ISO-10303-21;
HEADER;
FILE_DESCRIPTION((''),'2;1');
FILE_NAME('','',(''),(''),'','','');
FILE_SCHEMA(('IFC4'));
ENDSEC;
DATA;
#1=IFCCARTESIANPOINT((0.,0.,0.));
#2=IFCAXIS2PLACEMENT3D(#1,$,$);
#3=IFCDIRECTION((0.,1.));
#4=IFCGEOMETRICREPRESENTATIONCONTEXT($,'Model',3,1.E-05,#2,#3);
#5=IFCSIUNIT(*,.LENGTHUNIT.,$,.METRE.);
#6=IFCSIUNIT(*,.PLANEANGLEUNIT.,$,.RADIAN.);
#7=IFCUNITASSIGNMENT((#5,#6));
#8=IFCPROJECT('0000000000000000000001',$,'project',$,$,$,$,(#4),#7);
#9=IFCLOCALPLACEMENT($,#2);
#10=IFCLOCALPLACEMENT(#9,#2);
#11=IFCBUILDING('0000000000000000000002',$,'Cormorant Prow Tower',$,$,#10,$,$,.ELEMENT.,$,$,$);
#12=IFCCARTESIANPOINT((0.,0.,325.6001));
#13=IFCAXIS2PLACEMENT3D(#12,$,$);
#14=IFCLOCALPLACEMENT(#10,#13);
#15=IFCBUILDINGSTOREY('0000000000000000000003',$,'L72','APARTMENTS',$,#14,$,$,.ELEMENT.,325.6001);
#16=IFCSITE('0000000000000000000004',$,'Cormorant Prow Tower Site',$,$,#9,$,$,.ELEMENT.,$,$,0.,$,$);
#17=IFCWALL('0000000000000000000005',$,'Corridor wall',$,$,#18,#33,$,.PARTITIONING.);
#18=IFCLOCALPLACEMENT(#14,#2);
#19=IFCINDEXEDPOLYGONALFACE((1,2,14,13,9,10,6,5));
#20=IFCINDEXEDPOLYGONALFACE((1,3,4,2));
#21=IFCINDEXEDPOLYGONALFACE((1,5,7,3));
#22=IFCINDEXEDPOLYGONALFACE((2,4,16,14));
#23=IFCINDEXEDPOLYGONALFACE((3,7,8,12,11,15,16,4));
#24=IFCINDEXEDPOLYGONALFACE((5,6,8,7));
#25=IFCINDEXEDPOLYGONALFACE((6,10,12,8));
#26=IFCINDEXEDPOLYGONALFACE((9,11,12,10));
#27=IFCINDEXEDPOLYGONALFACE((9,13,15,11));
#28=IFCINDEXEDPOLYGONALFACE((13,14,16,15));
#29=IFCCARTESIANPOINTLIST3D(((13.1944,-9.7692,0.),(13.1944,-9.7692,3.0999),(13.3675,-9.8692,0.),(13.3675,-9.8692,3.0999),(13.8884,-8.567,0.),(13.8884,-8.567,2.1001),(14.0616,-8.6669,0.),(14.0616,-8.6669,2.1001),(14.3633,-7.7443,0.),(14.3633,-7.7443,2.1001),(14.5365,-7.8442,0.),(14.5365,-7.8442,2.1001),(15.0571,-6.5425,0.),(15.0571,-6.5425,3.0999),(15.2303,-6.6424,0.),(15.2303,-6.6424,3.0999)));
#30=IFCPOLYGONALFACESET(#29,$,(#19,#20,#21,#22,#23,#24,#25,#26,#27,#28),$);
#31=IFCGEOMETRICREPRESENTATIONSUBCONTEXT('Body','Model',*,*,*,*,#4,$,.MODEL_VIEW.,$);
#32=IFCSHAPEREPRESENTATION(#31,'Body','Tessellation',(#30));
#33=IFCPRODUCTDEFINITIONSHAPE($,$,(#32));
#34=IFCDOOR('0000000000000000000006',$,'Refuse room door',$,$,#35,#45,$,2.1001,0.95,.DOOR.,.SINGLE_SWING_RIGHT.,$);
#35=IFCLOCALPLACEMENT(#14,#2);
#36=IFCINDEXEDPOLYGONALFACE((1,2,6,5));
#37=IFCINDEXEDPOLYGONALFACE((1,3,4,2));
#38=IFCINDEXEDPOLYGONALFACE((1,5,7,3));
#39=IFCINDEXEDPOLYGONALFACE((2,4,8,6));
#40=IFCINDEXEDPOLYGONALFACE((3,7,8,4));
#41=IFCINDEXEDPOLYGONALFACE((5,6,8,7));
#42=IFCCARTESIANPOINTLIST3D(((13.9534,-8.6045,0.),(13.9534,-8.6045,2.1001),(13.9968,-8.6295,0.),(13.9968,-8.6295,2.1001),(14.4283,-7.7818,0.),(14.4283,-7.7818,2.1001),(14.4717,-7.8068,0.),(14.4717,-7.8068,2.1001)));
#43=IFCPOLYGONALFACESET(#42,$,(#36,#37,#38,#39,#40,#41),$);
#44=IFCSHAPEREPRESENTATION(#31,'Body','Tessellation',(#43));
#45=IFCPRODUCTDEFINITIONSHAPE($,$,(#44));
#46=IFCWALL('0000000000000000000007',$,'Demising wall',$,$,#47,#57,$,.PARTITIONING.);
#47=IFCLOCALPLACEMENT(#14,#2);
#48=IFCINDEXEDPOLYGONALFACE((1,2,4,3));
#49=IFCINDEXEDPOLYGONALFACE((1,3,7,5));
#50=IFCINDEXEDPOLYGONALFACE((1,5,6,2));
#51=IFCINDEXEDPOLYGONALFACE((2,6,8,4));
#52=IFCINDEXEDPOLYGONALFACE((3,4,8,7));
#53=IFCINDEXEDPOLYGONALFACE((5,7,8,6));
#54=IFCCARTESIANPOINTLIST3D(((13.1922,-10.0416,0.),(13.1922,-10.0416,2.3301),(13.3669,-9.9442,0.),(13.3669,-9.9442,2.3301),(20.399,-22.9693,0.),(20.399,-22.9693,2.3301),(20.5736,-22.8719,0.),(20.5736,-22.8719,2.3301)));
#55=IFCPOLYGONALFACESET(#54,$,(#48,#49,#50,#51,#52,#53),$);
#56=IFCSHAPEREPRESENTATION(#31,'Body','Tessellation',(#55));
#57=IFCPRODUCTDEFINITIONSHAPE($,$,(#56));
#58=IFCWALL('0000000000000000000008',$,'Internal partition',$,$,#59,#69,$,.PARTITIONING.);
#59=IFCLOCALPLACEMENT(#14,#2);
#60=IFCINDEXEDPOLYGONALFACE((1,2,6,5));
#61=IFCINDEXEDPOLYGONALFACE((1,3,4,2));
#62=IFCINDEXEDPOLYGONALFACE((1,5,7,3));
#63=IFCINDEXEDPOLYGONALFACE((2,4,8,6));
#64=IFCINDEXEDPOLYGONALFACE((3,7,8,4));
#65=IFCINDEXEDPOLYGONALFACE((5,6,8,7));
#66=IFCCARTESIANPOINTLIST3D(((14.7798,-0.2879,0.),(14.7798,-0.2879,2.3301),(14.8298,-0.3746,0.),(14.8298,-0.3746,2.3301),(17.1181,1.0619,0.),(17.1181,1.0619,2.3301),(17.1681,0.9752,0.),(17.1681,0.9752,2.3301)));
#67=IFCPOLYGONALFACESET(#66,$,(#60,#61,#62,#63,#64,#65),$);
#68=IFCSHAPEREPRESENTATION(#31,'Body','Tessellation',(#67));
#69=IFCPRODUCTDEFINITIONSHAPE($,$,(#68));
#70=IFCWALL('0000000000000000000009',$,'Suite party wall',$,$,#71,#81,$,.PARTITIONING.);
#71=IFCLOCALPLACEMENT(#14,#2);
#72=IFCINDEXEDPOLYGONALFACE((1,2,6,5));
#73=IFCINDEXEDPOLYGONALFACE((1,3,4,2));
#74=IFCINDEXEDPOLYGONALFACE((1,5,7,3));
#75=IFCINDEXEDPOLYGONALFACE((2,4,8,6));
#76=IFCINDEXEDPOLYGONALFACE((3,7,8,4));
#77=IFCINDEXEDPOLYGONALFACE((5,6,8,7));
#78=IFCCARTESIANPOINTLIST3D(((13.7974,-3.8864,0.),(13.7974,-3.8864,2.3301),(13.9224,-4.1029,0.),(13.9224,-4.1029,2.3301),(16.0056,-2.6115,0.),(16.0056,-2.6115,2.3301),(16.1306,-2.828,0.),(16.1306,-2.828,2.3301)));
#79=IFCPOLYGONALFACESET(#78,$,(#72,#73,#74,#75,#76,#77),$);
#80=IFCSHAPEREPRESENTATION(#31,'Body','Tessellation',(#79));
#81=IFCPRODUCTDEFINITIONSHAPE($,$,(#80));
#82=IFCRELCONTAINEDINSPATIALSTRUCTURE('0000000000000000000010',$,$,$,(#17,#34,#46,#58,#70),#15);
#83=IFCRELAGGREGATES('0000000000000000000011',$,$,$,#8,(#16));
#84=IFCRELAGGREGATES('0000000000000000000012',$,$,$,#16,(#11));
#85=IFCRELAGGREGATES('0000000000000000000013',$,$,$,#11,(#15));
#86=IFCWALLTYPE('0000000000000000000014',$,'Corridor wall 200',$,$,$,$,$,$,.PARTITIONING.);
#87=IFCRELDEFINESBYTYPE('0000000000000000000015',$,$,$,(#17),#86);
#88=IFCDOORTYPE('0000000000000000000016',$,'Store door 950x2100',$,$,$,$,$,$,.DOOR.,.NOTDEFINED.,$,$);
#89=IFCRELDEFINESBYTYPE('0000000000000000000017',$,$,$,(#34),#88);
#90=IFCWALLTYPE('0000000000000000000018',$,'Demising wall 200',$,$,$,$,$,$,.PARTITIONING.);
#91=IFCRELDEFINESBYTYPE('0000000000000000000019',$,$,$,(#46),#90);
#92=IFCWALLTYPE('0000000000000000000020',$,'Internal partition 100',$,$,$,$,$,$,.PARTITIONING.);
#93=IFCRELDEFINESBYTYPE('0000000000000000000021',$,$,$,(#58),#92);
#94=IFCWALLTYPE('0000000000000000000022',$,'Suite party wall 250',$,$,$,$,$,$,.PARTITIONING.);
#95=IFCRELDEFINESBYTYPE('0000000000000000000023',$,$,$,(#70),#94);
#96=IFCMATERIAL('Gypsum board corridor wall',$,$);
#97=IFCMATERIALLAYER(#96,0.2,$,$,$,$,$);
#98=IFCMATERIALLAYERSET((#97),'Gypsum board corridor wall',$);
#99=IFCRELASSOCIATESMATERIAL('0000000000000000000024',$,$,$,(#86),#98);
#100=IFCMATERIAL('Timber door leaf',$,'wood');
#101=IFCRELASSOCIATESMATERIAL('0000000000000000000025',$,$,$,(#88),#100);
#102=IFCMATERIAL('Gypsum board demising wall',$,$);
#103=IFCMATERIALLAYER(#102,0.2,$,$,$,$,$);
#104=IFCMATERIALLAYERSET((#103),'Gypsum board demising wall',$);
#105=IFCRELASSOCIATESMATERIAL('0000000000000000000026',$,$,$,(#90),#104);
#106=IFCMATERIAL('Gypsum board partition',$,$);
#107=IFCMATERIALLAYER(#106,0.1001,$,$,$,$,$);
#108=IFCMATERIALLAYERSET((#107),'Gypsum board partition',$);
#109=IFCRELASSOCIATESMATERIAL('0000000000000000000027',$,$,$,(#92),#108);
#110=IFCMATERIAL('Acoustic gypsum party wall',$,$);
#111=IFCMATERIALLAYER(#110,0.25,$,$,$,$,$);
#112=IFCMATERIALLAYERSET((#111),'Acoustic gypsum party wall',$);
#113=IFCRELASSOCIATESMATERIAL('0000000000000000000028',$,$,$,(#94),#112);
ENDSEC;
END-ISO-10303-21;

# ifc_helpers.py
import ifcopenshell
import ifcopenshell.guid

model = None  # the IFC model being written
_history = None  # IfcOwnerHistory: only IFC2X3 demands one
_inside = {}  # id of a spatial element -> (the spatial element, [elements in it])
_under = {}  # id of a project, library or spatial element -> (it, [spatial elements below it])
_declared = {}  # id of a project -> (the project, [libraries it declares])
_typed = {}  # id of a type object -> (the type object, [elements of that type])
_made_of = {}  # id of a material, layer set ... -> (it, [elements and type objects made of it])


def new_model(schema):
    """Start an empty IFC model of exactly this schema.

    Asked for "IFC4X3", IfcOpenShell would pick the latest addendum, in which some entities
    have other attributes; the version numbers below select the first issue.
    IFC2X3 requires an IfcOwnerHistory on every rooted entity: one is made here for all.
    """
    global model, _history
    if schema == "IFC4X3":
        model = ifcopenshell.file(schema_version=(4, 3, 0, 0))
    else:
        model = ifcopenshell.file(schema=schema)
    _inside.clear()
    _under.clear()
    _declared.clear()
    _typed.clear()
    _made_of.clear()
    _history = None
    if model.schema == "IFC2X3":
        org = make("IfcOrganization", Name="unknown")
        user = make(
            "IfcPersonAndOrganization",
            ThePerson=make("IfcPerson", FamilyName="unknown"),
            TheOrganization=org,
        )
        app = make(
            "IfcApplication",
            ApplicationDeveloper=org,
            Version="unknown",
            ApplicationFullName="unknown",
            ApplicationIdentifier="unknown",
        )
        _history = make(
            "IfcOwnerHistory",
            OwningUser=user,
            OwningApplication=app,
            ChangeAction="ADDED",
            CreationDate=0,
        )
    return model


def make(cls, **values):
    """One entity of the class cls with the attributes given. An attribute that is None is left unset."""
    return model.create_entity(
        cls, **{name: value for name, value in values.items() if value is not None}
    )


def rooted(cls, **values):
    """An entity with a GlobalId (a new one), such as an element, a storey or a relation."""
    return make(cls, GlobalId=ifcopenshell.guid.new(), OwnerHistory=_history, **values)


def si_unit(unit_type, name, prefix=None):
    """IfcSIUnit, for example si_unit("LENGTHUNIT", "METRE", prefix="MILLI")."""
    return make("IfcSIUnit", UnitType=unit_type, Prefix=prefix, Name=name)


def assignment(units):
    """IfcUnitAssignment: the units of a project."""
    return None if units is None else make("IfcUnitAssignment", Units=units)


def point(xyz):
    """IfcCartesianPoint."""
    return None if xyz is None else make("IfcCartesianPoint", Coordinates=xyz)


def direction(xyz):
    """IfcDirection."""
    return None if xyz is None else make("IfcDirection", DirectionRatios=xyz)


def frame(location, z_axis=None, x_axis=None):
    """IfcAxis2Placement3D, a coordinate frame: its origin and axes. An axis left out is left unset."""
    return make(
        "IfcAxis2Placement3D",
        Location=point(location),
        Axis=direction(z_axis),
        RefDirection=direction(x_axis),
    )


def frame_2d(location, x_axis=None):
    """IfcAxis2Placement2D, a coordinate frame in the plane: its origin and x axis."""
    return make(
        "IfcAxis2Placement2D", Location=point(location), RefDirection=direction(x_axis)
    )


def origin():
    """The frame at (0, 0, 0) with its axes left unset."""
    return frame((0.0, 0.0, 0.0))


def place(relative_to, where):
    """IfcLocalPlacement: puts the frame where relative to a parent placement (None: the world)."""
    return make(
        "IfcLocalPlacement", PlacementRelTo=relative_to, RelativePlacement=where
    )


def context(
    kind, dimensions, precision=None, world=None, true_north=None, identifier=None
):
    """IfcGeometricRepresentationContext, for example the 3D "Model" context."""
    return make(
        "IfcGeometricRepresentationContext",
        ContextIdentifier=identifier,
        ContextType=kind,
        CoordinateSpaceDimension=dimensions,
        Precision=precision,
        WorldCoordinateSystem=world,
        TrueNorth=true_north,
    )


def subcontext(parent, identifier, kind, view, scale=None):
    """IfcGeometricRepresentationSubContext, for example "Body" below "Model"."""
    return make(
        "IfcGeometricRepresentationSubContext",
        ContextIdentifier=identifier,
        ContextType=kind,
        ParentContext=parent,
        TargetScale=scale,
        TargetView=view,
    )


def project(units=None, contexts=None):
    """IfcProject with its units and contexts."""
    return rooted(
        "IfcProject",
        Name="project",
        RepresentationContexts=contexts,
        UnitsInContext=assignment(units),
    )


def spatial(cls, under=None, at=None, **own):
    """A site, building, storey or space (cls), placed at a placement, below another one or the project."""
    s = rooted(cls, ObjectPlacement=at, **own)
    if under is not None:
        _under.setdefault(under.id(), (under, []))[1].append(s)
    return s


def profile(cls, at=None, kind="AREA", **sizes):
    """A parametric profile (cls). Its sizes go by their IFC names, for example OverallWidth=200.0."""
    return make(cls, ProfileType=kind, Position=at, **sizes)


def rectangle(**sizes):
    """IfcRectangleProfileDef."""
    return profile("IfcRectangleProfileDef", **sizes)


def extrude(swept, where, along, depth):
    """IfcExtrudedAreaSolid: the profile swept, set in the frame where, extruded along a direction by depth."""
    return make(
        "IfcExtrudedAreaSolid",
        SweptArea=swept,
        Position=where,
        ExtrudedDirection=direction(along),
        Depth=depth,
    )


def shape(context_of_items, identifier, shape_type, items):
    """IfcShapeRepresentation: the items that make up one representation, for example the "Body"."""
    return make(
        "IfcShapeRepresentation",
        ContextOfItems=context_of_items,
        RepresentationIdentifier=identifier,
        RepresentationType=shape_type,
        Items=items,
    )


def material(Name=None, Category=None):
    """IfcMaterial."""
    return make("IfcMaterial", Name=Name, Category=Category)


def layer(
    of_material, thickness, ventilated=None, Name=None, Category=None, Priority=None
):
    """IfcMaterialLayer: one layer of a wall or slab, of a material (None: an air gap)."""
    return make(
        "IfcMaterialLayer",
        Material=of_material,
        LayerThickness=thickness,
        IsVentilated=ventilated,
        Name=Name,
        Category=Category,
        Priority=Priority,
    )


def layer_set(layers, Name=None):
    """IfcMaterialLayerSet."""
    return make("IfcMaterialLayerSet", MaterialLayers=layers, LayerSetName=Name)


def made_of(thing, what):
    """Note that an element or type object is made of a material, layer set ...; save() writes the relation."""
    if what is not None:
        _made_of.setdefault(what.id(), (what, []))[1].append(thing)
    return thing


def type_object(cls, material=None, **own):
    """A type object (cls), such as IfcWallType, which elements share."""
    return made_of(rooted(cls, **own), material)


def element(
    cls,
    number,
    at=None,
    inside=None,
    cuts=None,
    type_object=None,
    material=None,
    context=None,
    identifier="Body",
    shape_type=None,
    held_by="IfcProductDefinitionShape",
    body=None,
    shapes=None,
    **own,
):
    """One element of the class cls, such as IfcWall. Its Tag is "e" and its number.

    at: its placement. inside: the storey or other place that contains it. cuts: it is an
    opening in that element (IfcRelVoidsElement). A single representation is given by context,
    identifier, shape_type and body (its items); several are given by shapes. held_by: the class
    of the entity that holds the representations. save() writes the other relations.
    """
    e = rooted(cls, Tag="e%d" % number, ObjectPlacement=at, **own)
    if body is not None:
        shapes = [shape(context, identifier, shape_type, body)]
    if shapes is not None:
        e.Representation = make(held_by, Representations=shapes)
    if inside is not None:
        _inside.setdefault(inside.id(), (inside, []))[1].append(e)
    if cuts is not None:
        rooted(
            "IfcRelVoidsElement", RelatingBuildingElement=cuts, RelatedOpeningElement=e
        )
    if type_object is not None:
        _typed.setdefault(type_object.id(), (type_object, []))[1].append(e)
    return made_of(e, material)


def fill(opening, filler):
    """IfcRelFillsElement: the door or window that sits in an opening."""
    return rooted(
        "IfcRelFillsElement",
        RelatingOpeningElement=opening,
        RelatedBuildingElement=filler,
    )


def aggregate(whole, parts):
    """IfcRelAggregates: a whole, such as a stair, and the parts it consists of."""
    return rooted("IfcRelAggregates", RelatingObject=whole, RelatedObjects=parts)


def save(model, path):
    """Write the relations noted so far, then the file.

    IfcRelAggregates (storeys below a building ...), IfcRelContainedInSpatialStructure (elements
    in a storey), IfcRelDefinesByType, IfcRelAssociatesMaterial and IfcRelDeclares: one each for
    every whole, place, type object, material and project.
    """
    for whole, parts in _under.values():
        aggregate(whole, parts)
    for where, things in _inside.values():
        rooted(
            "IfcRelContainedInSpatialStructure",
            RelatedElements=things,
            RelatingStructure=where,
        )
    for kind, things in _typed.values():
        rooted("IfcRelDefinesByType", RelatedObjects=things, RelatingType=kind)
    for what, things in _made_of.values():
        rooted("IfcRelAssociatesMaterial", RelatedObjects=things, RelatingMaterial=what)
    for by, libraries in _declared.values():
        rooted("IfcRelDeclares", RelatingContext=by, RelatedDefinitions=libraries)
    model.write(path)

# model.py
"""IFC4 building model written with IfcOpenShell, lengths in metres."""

from ifc_helpers import new_model, si_unit, direction, frame, frame_2d, origin, place, context, subcontext, project, spatial, rectangle, extrude, material, layer, layer_set, type_object, element, fill, save


model = new_model("IFC4")

# Units and contexts
model_context = context("Model", 3, precision=1e-05, world=origin(), true_north=direction((0.0, 1.0)))
body_context = subcontext(model_context, "Body", "Model", "MODEL_VIEW")
ifc_project = project(units=[si_unit("LENGTHUNIT", "METRE"), si_unit("PLANEANGLEUNIT", "RADIAN")], contexts=[model_context])

# Site, building, storey
site_placement = place(None, origin())
site = spatial("IfcSite", under=ifc_project, at=site_placement, Name="Cormorant Prow Tower Site", CompositionType="ELEMENT", RefElevation=0.0)
building_placement = place(site_placement, origin())
building = spatial("IfcBuilding", under=site, at=building_placement, Name="Cormorant Prow Tower", CompositionType="ELEMENT")
storey_placement = place(building_placement, frame((0.0, 0.0, 325.6001)))
storey = spatial("IfcBuildingStorey", under=building, at=storey_placement, Name="L72", Description="APARTMENTS", CompositionType="ELEMENT", Elevation=325.6001)

# Shared definitions
ifc_material_1 = material(Name="Gypsum board corridor wall")
ifc_layer_1 = layer(ifc_material_1, 0.2)
ifc_layer_set_1 = layer_set([ifc_layer_1], Name="Gypsum board corridor wall")
wall_type_1 = type_object("IfcWallType", Name="Corridor wall 200", PredefinedType="PARTITIONING", material=ifc_layer_set_1)

# Wall, opening, door
wall_1_placement = place(storey_placement, frame((13.281, -9.8191, 0.0), z_axis=(0.0, 0.0, 1.0), x_axis=(0.499959, 0.866049, 0.0)))
wall_1 = element("IfcWall", 1, at=wall_1_placement, inside=storey, type_object=wall_type_1, Name="Corridor wall", PredefinedType="PARTITIONING", context=body_context, shape_type="SweptSolid", body=[
    extrude(rectangle(XDim=3.7258, YDim=0.2, at=frame_2d((1.8628, 0.0))), origin(), (0.0, 0.0, 1.0), 3.0999),
])
opening_1_placement = place(wall_1_placement, frame((1.3879, 0.0, 0.0)))
opening_1 = element("IfcOpeningElement", 2, at=opening_1_placement, cuts=wall_1, PredefinedType="OPENING", context=body_context, shape_type="SweptSolid", body=[
    extrude(rectangle(XDim=0.95, YDim=2.1001, at=frame_2d((0.4751, 1.05))), frame((0.0, 0.1099, 0.0), z_axis=(0.0, -1.0, 0.0), x_axis=(1.0, 0.0, 0.0)), (0.0, 0.0, 1.0), 0.22),
])
ifc_material_2 = material(Name="Timber door leaf", Category="wood")
door_type_1 = type_object("IfcDoorType", Name="Store door 950x2100", OperationType="NOTDEFINED", PredefinedType="DOOR", material=ifc_material_2)
door_1_placement = place(opening_1_placement, origin())
door_1 = element("IfcDoor", 3, at=door_1_placement, inside=storey, type_object=door_type_1, Name="Refuse room door", OperationType="SINGLE_SWING_RIGHT", OverallHeight=2.1001, OverallWidth=0.95, PredefinedType="DOOR", context=body_context, shape_type="SweptSolid", body=[
    extrude(rectangle(XDim=0.95, YDim=2.1001, at=frame_2d((0.4751, 1.05))), frame((0.0, 0.0249, 0.0), z_axis=(0.0, -1.0, 0.0), x_axis=(1.0, 0.0, 0.0)), (0.0, 0.0, 1.0), 0.05),
])
fill(opening_1, door_1)

# Walls
ifc_material_3 = material(Name="Gypsum board demising wall")
ifc_layer_2 = layer(ifc_material_3, 0.2)
ifc_layer_set_2 = layer_set([ifc_layer_2], Name="Gypsum board demising wall")
wall_type_2 = type_object("IfcWallType", Name="Demising wall 200", PredefinedType="PARTITIONING", material=ifc_layer_set_2)
wall_2_placement = place(storey_placement, frame((13.2795, -9.9929, 0.0), z_axis=(0.0, 0.0, 1.0), x_axis=(0.486918, -0.873448, 0.0)))
element("IfcWall", 4, at=wall_2_placement, inside=storey, type_object=wall_type_2, Name="Demising wall", PredefinedType="PARTITIONING", context=body_context, shape_type="SweptSolid", body=[
    extrude(rectangle(XDim=14.8008, YDim=0.2, at=frame_2d((7.4004, 0.0))), origin(), (0.0, 0.0, 1.0), 2.3301),
])
ifc_material_4 = material(Name="Gypsum board partition")
ifc_layer_3 = layer(ifc_material_4, 0.1001)
ifc_layer_set_3 = layer_set([ifc_layer_3], Name="Gypsum board partition")
wall_type_3 = type_object("IfcWallType", Name="Internal partition 100", PredefinedType="PARTITIONING", material=ifc_layer_set_3)
wall_3_placement = place(storey_placement, frame((14.8047, -0.3313, 0.0), z_axis=(0.0, 0.0, 1.0), x_axis=(0.866059, 0.499942, 0.0)))
element("IfcWall", 5, at=wall_3_placement, inside=storey, type_object=wall_type_3, Name="Internal partition", PredefinedType="PARTITIONING", context=body_context, shape_type="SweptSolid", body=[
    extrude(rectangle(XDim=2.7, YDim=0.1001, at=frame_2d((1.3501, 0.0))), origin(), (0.0, 0.0, 1.0), 2.3301),
])
ifc_material_5 = material(Name="Acoustic gypsum party wall")
ifc_layer_4 = layer(ifc_material_5, 0.25)
ifc_layer_set_4 = layer_set([ifc_layer_4], Name="Acoustic gypsum party wall")
wall_type_4 = type_object("IfcWallType", Name="Suite party wall 250", PredefinedType="PARTITIONING", material=ifc_layer_set_4)
wall_4_placement = place(storey_placement, frame((13.8599, -3.9946, 0.0), z_axis=(0.0, 0.0, 1.0), x_axis=(0.866031, 0.49999, 0.0)))
element("IfcWall", 6, at=wall_4_placement, inside=storey, type_object=wall_type_4, Name="Suite party wall", PredefinedType="PARTITIONING", context=body_context, shape_type="SweptSolid", body=[
    extrude(rectangle(XDim=2.5498, YDim=0.25, at=frame_2d((1.2749, 0.0))), origin(), (0.0, 0.0, 1.0), 2.3301),
])

save(model, "model.ifc")
